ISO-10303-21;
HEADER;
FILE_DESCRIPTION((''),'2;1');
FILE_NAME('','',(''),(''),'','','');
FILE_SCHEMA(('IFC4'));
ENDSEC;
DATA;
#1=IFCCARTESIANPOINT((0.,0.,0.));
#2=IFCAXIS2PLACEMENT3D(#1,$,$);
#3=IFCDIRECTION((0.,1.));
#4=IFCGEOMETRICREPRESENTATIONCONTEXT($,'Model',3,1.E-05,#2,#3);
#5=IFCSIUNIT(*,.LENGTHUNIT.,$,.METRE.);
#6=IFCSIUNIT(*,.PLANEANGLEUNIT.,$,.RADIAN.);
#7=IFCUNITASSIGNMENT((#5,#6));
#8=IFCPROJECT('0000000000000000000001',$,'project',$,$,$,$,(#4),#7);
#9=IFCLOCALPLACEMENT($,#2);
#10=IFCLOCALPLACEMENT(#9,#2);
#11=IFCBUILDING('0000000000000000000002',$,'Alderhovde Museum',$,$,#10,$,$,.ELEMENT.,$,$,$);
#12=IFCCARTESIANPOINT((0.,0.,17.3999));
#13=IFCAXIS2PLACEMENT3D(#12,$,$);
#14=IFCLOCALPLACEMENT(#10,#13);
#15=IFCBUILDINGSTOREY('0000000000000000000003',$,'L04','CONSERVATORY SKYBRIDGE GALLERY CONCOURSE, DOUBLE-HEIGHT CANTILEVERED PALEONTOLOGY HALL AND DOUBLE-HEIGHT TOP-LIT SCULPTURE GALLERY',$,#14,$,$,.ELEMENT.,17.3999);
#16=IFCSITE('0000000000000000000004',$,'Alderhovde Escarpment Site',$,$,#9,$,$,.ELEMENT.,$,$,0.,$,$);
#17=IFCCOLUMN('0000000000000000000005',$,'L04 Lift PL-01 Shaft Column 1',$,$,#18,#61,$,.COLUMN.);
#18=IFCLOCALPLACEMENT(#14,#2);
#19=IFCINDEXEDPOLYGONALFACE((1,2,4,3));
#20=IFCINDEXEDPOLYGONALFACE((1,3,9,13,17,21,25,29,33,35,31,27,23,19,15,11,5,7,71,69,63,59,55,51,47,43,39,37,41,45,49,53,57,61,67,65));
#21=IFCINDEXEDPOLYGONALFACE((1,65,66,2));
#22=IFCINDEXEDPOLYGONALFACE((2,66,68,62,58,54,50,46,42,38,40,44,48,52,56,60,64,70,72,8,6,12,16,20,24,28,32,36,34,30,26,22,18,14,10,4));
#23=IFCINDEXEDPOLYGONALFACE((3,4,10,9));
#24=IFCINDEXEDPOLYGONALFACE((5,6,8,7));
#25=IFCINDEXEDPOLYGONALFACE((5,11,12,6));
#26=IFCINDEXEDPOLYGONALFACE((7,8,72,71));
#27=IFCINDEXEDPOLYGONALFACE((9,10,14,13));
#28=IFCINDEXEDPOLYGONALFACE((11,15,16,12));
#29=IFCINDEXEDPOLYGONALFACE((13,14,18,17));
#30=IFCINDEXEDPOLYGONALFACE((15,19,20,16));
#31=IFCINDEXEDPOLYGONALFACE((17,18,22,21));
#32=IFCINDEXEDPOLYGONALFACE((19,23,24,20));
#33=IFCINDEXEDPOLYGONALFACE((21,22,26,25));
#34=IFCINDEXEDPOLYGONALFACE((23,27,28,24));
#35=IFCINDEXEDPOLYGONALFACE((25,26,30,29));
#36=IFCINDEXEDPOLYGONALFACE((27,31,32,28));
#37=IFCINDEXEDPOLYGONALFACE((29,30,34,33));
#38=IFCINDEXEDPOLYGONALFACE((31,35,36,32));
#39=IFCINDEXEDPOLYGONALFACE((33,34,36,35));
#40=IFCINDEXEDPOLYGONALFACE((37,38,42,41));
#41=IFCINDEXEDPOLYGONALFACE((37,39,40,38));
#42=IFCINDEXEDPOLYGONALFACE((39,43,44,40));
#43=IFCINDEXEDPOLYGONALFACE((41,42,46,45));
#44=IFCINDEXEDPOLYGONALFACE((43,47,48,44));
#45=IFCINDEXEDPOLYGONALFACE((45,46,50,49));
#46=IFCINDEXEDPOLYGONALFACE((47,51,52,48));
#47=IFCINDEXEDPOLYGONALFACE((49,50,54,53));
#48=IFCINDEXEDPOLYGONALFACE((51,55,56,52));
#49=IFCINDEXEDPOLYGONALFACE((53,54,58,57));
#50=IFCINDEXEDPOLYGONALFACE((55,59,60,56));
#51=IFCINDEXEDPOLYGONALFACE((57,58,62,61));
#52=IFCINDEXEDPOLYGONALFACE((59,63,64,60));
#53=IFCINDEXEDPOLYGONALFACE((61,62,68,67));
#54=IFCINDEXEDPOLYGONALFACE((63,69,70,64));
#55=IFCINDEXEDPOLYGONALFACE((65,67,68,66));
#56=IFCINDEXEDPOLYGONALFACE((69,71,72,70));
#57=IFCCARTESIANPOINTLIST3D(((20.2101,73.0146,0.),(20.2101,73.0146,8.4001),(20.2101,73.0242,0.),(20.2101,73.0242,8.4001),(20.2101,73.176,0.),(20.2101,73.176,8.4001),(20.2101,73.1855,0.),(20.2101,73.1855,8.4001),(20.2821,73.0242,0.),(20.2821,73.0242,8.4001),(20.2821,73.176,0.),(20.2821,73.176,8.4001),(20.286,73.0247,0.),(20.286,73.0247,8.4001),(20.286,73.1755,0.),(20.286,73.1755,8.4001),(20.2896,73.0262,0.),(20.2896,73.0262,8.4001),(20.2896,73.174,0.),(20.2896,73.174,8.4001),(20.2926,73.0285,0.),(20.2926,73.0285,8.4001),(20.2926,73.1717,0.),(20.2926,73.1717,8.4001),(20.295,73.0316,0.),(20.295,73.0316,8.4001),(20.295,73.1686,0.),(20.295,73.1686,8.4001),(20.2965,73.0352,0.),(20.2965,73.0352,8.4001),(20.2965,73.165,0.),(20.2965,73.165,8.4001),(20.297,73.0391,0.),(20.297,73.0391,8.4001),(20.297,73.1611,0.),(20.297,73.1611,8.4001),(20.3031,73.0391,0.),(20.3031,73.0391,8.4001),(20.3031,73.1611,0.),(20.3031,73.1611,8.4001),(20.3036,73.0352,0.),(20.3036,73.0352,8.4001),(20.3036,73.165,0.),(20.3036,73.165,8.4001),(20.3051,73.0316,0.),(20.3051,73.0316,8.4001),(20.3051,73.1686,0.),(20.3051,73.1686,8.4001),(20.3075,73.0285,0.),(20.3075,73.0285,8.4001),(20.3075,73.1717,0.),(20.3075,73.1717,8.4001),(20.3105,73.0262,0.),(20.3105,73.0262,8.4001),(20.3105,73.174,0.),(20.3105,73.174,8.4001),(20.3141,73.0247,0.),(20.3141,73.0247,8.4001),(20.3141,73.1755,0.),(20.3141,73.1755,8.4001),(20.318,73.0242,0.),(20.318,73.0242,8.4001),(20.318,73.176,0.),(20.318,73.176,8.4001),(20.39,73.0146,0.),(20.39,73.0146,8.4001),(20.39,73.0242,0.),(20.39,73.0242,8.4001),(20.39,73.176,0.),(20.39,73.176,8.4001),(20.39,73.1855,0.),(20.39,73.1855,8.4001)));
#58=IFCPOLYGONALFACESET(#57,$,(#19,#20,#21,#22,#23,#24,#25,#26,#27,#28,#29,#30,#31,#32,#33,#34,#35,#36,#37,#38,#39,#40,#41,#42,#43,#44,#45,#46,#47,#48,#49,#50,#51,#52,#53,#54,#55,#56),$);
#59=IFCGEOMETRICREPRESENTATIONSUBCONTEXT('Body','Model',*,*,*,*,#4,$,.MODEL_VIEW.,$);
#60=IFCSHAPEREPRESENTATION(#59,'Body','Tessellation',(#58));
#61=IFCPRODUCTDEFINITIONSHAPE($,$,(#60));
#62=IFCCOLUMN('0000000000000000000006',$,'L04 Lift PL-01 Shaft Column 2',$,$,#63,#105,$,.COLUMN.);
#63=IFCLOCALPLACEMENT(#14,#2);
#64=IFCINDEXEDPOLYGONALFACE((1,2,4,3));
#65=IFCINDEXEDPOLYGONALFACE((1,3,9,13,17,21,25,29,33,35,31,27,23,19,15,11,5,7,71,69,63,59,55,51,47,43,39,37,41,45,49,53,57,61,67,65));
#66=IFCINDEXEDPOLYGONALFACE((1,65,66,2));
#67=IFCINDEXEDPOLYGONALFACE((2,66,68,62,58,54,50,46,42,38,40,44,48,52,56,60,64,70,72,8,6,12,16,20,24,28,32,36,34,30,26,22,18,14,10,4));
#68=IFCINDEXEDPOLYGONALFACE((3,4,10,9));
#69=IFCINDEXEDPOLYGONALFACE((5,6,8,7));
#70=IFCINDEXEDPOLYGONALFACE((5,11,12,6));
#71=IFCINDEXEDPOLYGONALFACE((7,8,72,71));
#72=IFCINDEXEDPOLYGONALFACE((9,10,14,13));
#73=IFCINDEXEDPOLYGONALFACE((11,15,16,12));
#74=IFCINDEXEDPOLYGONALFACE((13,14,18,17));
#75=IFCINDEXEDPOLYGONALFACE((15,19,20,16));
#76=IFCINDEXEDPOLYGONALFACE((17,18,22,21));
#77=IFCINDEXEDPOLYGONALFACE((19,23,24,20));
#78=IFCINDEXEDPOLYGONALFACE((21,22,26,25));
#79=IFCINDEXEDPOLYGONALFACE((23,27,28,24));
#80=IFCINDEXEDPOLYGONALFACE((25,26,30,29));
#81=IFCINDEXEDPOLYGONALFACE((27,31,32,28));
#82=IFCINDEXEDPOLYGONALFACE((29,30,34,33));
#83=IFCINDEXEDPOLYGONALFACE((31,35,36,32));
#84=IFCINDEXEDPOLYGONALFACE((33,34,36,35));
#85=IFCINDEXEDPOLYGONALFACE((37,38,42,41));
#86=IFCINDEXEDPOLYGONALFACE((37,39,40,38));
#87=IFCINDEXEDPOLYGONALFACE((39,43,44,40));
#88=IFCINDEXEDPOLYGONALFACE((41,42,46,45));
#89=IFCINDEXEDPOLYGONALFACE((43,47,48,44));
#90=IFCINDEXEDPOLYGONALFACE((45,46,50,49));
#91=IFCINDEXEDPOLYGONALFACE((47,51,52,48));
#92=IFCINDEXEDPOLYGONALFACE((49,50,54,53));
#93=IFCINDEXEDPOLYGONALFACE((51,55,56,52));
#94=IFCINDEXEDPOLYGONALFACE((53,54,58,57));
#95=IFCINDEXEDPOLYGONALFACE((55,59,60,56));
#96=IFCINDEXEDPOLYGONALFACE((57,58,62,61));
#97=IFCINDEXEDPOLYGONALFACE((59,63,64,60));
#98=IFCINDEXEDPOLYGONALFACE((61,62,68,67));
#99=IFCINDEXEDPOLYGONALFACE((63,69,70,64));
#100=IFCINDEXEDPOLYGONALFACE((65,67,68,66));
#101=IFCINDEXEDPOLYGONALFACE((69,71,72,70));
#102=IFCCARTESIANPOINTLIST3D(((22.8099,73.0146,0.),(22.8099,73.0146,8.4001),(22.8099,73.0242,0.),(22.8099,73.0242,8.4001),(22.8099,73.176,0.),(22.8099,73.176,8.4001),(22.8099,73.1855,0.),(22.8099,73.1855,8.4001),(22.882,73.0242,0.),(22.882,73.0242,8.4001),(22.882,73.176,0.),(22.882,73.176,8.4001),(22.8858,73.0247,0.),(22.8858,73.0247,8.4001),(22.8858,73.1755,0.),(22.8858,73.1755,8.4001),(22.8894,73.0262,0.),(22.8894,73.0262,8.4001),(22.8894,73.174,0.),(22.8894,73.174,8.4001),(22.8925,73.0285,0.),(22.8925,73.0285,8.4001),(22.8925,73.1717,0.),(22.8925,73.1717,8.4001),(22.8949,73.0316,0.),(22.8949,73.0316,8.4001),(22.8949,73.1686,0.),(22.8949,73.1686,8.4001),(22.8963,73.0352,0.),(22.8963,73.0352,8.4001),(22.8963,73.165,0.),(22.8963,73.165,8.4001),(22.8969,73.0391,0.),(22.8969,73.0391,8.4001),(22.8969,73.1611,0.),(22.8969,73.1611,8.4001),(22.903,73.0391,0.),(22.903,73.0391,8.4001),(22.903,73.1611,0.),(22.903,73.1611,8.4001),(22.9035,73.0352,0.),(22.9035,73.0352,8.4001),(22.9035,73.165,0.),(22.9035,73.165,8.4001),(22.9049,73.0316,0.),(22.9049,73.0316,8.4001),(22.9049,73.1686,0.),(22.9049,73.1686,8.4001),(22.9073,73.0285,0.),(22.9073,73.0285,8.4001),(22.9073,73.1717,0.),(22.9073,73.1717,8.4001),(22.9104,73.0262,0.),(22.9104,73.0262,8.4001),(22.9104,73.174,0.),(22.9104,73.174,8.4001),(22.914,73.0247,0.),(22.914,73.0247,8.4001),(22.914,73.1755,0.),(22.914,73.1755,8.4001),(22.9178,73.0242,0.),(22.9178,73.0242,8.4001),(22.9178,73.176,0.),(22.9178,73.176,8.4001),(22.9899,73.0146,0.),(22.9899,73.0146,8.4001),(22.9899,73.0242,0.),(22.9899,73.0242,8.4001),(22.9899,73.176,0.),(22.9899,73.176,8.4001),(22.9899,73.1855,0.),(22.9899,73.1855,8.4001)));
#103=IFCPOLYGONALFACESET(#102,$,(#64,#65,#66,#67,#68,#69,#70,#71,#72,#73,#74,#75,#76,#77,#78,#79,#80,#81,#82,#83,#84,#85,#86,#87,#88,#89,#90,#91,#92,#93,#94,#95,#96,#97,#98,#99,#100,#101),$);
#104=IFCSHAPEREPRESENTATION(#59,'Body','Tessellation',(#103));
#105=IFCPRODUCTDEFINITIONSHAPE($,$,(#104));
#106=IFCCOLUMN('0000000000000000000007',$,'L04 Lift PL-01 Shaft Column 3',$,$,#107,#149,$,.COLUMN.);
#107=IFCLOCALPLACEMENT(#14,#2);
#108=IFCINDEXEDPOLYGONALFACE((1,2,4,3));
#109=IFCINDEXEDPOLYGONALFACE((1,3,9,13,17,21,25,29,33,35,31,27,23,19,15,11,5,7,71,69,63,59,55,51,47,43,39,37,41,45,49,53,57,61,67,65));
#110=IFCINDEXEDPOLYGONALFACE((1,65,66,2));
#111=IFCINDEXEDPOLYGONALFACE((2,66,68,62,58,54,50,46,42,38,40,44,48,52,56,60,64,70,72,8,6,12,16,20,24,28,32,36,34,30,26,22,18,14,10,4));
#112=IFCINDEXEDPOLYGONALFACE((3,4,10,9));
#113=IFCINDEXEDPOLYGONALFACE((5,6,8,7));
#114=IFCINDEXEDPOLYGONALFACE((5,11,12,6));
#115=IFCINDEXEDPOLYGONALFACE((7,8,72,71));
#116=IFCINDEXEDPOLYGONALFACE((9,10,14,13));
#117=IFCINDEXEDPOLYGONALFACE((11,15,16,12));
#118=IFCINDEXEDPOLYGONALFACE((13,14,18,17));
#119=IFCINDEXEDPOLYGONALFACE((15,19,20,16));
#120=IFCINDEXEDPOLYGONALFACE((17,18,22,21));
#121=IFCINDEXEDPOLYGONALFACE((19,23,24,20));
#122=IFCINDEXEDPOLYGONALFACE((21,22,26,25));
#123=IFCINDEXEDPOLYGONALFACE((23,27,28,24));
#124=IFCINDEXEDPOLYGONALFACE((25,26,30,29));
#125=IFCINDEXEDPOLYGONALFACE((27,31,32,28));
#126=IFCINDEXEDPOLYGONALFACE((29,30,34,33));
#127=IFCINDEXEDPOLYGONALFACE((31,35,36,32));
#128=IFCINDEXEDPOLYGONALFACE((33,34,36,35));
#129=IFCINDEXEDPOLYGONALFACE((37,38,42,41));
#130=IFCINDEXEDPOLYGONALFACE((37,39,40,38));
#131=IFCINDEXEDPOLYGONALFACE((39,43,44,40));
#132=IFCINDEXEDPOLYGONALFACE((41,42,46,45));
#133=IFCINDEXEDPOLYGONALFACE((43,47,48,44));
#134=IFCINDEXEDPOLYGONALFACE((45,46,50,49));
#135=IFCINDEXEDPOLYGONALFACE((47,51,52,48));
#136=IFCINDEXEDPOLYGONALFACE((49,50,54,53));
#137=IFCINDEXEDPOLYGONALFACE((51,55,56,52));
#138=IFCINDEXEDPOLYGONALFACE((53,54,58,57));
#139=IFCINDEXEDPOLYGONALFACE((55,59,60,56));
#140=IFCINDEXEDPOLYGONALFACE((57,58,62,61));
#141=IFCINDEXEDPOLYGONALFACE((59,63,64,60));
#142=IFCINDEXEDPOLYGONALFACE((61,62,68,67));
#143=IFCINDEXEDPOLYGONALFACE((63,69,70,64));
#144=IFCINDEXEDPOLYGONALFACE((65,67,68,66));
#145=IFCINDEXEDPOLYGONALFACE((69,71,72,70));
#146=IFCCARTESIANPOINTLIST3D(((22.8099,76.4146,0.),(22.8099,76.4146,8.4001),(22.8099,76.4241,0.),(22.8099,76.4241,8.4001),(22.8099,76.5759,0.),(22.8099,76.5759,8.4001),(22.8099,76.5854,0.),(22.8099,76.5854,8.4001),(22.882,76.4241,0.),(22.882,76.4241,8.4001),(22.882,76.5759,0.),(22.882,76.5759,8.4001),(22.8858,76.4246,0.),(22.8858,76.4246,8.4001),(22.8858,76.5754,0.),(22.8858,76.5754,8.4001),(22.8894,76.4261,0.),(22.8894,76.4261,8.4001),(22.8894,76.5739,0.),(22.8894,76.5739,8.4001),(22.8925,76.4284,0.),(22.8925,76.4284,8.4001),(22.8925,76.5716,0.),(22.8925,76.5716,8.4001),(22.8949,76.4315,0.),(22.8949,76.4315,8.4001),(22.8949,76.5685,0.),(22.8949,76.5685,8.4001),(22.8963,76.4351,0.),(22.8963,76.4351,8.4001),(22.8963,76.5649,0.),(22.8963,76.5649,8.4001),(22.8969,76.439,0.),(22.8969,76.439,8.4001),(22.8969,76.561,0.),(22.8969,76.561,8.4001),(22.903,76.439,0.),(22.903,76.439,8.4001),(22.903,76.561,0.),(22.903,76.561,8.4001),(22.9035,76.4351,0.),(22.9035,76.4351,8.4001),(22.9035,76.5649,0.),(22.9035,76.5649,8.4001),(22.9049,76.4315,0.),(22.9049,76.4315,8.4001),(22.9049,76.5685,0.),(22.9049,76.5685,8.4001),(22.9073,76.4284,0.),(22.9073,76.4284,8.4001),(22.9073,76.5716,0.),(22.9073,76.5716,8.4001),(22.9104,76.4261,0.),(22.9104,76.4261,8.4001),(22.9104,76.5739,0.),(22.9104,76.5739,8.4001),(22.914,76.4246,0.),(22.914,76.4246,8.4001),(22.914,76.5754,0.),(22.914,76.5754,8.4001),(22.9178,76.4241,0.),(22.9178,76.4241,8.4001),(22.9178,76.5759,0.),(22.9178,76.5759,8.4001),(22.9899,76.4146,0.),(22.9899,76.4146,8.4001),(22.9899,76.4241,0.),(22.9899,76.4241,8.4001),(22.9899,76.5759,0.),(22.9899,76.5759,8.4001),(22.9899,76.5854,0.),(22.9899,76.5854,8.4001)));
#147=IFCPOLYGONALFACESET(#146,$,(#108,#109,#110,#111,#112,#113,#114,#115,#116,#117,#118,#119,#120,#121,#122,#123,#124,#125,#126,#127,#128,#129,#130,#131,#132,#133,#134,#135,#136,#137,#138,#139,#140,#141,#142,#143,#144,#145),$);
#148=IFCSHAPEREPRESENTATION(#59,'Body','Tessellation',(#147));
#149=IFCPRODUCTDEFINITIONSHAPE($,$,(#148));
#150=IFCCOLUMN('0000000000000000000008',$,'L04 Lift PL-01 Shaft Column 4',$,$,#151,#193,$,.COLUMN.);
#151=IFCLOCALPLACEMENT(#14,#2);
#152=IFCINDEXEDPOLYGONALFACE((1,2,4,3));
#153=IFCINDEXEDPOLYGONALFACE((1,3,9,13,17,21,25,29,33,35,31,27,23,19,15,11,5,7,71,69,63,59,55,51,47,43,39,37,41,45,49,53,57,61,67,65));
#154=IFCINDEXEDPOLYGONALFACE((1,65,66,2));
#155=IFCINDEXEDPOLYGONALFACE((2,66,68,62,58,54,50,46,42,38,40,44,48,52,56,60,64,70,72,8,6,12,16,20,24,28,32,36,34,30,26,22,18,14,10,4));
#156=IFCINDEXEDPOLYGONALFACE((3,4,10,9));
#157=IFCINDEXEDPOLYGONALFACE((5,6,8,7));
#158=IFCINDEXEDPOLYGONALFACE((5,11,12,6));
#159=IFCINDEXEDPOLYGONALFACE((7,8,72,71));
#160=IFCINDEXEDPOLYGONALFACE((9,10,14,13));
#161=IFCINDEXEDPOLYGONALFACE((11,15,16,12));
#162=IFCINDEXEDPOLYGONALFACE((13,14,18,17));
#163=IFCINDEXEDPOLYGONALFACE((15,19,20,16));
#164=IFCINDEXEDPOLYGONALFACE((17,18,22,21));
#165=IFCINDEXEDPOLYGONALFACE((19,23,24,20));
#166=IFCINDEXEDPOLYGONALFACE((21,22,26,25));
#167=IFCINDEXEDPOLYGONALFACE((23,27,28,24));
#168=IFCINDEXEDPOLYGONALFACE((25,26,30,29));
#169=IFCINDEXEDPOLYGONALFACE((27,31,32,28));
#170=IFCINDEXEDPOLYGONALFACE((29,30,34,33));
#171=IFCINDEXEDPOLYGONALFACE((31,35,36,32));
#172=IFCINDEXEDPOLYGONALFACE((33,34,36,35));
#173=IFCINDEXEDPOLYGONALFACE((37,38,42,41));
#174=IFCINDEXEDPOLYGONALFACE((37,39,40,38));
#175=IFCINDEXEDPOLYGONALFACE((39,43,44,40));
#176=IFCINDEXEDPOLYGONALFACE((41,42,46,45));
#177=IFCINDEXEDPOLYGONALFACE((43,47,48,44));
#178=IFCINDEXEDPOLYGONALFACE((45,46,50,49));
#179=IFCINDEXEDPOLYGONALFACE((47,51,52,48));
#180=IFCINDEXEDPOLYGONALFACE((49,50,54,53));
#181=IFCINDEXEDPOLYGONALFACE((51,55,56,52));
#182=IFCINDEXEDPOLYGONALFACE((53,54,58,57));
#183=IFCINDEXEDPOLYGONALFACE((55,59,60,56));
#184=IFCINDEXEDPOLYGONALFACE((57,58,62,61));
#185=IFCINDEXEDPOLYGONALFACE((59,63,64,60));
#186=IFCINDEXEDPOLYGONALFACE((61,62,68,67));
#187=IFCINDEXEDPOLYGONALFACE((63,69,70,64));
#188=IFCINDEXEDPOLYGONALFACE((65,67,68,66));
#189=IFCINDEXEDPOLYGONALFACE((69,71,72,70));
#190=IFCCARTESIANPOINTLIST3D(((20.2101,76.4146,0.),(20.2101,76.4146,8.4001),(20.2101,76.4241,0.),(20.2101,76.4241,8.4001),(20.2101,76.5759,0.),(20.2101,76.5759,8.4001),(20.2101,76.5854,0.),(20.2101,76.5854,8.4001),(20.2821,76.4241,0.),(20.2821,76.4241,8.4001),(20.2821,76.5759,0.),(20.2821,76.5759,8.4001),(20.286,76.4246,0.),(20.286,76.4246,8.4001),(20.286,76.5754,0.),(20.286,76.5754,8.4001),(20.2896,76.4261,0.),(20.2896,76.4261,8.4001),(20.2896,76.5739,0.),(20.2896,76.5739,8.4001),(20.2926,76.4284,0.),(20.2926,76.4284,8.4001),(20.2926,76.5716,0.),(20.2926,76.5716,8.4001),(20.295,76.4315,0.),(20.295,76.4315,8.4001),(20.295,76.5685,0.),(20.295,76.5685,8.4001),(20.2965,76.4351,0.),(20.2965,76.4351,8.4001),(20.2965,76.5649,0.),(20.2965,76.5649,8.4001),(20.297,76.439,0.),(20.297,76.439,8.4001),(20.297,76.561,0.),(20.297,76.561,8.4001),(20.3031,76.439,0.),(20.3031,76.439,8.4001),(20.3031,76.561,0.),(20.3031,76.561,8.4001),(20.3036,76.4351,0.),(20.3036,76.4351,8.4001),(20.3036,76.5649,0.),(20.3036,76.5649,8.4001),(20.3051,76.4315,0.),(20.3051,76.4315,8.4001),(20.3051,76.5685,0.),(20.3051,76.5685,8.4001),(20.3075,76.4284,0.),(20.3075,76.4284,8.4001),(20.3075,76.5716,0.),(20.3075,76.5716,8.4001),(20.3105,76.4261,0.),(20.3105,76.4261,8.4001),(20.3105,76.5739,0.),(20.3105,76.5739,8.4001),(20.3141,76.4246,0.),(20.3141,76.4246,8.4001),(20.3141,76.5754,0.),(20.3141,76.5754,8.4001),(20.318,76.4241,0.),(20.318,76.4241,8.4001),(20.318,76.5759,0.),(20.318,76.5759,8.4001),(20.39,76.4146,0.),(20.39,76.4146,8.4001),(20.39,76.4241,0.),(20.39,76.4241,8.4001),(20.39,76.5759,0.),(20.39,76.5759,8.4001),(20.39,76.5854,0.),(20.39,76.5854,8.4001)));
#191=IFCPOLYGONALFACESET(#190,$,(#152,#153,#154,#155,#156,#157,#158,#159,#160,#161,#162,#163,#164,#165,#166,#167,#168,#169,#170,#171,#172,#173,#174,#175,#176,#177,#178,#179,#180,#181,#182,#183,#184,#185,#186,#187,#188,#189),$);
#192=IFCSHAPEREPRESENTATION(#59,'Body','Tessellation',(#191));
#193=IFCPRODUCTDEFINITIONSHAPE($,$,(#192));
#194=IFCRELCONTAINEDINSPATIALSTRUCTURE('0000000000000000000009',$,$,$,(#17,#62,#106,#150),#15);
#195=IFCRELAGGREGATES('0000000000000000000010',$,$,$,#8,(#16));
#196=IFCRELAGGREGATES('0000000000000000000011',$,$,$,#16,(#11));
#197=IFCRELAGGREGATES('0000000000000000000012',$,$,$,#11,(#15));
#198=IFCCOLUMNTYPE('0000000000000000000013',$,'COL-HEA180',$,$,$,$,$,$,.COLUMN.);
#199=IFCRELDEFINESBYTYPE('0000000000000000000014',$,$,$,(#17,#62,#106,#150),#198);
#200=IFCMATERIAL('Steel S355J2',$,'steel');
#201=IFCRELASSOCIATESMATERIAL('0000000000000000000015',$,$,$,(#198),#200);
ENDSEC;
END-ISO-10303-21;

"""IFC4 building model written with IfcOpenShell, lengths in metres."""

from ifc_helpers import new_model, si_unit, direction, frame, origin, origin_2d, place, context, subcontext, project, spatial, i_section, extrude, material, material_profile, profile_set, type_object, element, save


model = new_model("IFC4")

# Units and contexts
model_context = context("Model", 3, precision=1e-05, world=origin(), true_north=direction((0.0, 1.0)))
body_context = subcontext(model_context, "Body", "Model", "MODEL_VIEW")
ifc_project = project(units=[si_unit("LENGTHUNIT", "METRE"), si_unit("PLANEANGLEUNIT", "RADIAN")], contexts=[model_context])

# Site, building, storey
site_placement = place(None, origin())
site = spatial("IfcSite", under=ifc_project, at=site_placement, Name="Alderhovde Escarpment Site", CompositionType="ELEMENT", RefElevation=0.0)
building_placement = place(site_placement, origin())
building = spatial("IfcBuilding", under=site, at=building_placement, Name="Alderhovde Museum", CompositionType="ELEMENT")
storey_placement = place(building_placement, frame((0.0, 0.0, 17.3999)))
storey = spatial("IfcBuildingStorey", under=building, at=storey_placement, Name="L04", Description="CONSERVATORY SKYBRIDGE GALLERY CONCOURSE, DOUBLE-HEIGHT CANTILEVERED PALEONTOLOGY HALL AND DOUBLE-HEIGHT TOP-LIT SCULPTURE GALLERY", CompositionType="ELEMENT", Elevation=17.3999)

# Columns
ifc_material_1 = material(Name="Steel S355J2", Category="steel")
ifc_material_profile_1 = material_profile(ifc_material_1, i_section(OverallWidth=0.1799, OverallDepth=0.1709, WebThickness=0.0061, FlangeThickness=0.0095, FilletRadius=0.0149, at=origin_2d()), Name="HEA 180")
ifc_profile_set_1 = profile_set([ifc_material_profile_1], Name="Steel S355J2")
column_type = type_object("IfcColumnType", Name="COL-HEA180", PredefinedType="COLUMN", material=ifc_profile_set_1)
for number, where, z_axis, x_axis, name in (
    (1, (20.3, 73.1001, 0.0), (0.0, 0.0, 1.0), (1.0, 0.0, 0.0), "L04 Lift PL-01 Shaft Column 1"),
    (2, (22.8999, 73.1001, 0.0), (0.0, 0.0, 1.0), (1.0, 0.0, 0.0), "L04 Lift PL-01 Shaft Column 2"),
    (3, (22.8999, 76.5, 0.0), (0.0, 0.0, 1.0), (1.0, 0.0, 0.0), "L04 Lift PL-01 Shaft Column 3"),
    (4, (20.3, 76.5, 0.0), (0.0, 0.0, 1.0), (1.0, 0.0, 0.0), "L04 Lift PL-01 Shaft Column 4"),
):
    element("IfcColumn", number, at=place(storey_placement, frame(where, z_axis=z_axis, x_axis=x_axis)), inside=storey, type_object=column_type, Name=name, PredefinedType="COLUMN", context=body_context, shape_type="SweptSolid", body=[
        extrude(i_section(OverallWidth=0.1799, OverallDepth=0.1709, WebThickness=0.0061, FlangeThickness=0.0095, FilletRadius=0.0149, at=origin_2d()), origin(), (0.0, 0.0, 1.0), 8.4001),
    ])

save(model, "model.ifc")
